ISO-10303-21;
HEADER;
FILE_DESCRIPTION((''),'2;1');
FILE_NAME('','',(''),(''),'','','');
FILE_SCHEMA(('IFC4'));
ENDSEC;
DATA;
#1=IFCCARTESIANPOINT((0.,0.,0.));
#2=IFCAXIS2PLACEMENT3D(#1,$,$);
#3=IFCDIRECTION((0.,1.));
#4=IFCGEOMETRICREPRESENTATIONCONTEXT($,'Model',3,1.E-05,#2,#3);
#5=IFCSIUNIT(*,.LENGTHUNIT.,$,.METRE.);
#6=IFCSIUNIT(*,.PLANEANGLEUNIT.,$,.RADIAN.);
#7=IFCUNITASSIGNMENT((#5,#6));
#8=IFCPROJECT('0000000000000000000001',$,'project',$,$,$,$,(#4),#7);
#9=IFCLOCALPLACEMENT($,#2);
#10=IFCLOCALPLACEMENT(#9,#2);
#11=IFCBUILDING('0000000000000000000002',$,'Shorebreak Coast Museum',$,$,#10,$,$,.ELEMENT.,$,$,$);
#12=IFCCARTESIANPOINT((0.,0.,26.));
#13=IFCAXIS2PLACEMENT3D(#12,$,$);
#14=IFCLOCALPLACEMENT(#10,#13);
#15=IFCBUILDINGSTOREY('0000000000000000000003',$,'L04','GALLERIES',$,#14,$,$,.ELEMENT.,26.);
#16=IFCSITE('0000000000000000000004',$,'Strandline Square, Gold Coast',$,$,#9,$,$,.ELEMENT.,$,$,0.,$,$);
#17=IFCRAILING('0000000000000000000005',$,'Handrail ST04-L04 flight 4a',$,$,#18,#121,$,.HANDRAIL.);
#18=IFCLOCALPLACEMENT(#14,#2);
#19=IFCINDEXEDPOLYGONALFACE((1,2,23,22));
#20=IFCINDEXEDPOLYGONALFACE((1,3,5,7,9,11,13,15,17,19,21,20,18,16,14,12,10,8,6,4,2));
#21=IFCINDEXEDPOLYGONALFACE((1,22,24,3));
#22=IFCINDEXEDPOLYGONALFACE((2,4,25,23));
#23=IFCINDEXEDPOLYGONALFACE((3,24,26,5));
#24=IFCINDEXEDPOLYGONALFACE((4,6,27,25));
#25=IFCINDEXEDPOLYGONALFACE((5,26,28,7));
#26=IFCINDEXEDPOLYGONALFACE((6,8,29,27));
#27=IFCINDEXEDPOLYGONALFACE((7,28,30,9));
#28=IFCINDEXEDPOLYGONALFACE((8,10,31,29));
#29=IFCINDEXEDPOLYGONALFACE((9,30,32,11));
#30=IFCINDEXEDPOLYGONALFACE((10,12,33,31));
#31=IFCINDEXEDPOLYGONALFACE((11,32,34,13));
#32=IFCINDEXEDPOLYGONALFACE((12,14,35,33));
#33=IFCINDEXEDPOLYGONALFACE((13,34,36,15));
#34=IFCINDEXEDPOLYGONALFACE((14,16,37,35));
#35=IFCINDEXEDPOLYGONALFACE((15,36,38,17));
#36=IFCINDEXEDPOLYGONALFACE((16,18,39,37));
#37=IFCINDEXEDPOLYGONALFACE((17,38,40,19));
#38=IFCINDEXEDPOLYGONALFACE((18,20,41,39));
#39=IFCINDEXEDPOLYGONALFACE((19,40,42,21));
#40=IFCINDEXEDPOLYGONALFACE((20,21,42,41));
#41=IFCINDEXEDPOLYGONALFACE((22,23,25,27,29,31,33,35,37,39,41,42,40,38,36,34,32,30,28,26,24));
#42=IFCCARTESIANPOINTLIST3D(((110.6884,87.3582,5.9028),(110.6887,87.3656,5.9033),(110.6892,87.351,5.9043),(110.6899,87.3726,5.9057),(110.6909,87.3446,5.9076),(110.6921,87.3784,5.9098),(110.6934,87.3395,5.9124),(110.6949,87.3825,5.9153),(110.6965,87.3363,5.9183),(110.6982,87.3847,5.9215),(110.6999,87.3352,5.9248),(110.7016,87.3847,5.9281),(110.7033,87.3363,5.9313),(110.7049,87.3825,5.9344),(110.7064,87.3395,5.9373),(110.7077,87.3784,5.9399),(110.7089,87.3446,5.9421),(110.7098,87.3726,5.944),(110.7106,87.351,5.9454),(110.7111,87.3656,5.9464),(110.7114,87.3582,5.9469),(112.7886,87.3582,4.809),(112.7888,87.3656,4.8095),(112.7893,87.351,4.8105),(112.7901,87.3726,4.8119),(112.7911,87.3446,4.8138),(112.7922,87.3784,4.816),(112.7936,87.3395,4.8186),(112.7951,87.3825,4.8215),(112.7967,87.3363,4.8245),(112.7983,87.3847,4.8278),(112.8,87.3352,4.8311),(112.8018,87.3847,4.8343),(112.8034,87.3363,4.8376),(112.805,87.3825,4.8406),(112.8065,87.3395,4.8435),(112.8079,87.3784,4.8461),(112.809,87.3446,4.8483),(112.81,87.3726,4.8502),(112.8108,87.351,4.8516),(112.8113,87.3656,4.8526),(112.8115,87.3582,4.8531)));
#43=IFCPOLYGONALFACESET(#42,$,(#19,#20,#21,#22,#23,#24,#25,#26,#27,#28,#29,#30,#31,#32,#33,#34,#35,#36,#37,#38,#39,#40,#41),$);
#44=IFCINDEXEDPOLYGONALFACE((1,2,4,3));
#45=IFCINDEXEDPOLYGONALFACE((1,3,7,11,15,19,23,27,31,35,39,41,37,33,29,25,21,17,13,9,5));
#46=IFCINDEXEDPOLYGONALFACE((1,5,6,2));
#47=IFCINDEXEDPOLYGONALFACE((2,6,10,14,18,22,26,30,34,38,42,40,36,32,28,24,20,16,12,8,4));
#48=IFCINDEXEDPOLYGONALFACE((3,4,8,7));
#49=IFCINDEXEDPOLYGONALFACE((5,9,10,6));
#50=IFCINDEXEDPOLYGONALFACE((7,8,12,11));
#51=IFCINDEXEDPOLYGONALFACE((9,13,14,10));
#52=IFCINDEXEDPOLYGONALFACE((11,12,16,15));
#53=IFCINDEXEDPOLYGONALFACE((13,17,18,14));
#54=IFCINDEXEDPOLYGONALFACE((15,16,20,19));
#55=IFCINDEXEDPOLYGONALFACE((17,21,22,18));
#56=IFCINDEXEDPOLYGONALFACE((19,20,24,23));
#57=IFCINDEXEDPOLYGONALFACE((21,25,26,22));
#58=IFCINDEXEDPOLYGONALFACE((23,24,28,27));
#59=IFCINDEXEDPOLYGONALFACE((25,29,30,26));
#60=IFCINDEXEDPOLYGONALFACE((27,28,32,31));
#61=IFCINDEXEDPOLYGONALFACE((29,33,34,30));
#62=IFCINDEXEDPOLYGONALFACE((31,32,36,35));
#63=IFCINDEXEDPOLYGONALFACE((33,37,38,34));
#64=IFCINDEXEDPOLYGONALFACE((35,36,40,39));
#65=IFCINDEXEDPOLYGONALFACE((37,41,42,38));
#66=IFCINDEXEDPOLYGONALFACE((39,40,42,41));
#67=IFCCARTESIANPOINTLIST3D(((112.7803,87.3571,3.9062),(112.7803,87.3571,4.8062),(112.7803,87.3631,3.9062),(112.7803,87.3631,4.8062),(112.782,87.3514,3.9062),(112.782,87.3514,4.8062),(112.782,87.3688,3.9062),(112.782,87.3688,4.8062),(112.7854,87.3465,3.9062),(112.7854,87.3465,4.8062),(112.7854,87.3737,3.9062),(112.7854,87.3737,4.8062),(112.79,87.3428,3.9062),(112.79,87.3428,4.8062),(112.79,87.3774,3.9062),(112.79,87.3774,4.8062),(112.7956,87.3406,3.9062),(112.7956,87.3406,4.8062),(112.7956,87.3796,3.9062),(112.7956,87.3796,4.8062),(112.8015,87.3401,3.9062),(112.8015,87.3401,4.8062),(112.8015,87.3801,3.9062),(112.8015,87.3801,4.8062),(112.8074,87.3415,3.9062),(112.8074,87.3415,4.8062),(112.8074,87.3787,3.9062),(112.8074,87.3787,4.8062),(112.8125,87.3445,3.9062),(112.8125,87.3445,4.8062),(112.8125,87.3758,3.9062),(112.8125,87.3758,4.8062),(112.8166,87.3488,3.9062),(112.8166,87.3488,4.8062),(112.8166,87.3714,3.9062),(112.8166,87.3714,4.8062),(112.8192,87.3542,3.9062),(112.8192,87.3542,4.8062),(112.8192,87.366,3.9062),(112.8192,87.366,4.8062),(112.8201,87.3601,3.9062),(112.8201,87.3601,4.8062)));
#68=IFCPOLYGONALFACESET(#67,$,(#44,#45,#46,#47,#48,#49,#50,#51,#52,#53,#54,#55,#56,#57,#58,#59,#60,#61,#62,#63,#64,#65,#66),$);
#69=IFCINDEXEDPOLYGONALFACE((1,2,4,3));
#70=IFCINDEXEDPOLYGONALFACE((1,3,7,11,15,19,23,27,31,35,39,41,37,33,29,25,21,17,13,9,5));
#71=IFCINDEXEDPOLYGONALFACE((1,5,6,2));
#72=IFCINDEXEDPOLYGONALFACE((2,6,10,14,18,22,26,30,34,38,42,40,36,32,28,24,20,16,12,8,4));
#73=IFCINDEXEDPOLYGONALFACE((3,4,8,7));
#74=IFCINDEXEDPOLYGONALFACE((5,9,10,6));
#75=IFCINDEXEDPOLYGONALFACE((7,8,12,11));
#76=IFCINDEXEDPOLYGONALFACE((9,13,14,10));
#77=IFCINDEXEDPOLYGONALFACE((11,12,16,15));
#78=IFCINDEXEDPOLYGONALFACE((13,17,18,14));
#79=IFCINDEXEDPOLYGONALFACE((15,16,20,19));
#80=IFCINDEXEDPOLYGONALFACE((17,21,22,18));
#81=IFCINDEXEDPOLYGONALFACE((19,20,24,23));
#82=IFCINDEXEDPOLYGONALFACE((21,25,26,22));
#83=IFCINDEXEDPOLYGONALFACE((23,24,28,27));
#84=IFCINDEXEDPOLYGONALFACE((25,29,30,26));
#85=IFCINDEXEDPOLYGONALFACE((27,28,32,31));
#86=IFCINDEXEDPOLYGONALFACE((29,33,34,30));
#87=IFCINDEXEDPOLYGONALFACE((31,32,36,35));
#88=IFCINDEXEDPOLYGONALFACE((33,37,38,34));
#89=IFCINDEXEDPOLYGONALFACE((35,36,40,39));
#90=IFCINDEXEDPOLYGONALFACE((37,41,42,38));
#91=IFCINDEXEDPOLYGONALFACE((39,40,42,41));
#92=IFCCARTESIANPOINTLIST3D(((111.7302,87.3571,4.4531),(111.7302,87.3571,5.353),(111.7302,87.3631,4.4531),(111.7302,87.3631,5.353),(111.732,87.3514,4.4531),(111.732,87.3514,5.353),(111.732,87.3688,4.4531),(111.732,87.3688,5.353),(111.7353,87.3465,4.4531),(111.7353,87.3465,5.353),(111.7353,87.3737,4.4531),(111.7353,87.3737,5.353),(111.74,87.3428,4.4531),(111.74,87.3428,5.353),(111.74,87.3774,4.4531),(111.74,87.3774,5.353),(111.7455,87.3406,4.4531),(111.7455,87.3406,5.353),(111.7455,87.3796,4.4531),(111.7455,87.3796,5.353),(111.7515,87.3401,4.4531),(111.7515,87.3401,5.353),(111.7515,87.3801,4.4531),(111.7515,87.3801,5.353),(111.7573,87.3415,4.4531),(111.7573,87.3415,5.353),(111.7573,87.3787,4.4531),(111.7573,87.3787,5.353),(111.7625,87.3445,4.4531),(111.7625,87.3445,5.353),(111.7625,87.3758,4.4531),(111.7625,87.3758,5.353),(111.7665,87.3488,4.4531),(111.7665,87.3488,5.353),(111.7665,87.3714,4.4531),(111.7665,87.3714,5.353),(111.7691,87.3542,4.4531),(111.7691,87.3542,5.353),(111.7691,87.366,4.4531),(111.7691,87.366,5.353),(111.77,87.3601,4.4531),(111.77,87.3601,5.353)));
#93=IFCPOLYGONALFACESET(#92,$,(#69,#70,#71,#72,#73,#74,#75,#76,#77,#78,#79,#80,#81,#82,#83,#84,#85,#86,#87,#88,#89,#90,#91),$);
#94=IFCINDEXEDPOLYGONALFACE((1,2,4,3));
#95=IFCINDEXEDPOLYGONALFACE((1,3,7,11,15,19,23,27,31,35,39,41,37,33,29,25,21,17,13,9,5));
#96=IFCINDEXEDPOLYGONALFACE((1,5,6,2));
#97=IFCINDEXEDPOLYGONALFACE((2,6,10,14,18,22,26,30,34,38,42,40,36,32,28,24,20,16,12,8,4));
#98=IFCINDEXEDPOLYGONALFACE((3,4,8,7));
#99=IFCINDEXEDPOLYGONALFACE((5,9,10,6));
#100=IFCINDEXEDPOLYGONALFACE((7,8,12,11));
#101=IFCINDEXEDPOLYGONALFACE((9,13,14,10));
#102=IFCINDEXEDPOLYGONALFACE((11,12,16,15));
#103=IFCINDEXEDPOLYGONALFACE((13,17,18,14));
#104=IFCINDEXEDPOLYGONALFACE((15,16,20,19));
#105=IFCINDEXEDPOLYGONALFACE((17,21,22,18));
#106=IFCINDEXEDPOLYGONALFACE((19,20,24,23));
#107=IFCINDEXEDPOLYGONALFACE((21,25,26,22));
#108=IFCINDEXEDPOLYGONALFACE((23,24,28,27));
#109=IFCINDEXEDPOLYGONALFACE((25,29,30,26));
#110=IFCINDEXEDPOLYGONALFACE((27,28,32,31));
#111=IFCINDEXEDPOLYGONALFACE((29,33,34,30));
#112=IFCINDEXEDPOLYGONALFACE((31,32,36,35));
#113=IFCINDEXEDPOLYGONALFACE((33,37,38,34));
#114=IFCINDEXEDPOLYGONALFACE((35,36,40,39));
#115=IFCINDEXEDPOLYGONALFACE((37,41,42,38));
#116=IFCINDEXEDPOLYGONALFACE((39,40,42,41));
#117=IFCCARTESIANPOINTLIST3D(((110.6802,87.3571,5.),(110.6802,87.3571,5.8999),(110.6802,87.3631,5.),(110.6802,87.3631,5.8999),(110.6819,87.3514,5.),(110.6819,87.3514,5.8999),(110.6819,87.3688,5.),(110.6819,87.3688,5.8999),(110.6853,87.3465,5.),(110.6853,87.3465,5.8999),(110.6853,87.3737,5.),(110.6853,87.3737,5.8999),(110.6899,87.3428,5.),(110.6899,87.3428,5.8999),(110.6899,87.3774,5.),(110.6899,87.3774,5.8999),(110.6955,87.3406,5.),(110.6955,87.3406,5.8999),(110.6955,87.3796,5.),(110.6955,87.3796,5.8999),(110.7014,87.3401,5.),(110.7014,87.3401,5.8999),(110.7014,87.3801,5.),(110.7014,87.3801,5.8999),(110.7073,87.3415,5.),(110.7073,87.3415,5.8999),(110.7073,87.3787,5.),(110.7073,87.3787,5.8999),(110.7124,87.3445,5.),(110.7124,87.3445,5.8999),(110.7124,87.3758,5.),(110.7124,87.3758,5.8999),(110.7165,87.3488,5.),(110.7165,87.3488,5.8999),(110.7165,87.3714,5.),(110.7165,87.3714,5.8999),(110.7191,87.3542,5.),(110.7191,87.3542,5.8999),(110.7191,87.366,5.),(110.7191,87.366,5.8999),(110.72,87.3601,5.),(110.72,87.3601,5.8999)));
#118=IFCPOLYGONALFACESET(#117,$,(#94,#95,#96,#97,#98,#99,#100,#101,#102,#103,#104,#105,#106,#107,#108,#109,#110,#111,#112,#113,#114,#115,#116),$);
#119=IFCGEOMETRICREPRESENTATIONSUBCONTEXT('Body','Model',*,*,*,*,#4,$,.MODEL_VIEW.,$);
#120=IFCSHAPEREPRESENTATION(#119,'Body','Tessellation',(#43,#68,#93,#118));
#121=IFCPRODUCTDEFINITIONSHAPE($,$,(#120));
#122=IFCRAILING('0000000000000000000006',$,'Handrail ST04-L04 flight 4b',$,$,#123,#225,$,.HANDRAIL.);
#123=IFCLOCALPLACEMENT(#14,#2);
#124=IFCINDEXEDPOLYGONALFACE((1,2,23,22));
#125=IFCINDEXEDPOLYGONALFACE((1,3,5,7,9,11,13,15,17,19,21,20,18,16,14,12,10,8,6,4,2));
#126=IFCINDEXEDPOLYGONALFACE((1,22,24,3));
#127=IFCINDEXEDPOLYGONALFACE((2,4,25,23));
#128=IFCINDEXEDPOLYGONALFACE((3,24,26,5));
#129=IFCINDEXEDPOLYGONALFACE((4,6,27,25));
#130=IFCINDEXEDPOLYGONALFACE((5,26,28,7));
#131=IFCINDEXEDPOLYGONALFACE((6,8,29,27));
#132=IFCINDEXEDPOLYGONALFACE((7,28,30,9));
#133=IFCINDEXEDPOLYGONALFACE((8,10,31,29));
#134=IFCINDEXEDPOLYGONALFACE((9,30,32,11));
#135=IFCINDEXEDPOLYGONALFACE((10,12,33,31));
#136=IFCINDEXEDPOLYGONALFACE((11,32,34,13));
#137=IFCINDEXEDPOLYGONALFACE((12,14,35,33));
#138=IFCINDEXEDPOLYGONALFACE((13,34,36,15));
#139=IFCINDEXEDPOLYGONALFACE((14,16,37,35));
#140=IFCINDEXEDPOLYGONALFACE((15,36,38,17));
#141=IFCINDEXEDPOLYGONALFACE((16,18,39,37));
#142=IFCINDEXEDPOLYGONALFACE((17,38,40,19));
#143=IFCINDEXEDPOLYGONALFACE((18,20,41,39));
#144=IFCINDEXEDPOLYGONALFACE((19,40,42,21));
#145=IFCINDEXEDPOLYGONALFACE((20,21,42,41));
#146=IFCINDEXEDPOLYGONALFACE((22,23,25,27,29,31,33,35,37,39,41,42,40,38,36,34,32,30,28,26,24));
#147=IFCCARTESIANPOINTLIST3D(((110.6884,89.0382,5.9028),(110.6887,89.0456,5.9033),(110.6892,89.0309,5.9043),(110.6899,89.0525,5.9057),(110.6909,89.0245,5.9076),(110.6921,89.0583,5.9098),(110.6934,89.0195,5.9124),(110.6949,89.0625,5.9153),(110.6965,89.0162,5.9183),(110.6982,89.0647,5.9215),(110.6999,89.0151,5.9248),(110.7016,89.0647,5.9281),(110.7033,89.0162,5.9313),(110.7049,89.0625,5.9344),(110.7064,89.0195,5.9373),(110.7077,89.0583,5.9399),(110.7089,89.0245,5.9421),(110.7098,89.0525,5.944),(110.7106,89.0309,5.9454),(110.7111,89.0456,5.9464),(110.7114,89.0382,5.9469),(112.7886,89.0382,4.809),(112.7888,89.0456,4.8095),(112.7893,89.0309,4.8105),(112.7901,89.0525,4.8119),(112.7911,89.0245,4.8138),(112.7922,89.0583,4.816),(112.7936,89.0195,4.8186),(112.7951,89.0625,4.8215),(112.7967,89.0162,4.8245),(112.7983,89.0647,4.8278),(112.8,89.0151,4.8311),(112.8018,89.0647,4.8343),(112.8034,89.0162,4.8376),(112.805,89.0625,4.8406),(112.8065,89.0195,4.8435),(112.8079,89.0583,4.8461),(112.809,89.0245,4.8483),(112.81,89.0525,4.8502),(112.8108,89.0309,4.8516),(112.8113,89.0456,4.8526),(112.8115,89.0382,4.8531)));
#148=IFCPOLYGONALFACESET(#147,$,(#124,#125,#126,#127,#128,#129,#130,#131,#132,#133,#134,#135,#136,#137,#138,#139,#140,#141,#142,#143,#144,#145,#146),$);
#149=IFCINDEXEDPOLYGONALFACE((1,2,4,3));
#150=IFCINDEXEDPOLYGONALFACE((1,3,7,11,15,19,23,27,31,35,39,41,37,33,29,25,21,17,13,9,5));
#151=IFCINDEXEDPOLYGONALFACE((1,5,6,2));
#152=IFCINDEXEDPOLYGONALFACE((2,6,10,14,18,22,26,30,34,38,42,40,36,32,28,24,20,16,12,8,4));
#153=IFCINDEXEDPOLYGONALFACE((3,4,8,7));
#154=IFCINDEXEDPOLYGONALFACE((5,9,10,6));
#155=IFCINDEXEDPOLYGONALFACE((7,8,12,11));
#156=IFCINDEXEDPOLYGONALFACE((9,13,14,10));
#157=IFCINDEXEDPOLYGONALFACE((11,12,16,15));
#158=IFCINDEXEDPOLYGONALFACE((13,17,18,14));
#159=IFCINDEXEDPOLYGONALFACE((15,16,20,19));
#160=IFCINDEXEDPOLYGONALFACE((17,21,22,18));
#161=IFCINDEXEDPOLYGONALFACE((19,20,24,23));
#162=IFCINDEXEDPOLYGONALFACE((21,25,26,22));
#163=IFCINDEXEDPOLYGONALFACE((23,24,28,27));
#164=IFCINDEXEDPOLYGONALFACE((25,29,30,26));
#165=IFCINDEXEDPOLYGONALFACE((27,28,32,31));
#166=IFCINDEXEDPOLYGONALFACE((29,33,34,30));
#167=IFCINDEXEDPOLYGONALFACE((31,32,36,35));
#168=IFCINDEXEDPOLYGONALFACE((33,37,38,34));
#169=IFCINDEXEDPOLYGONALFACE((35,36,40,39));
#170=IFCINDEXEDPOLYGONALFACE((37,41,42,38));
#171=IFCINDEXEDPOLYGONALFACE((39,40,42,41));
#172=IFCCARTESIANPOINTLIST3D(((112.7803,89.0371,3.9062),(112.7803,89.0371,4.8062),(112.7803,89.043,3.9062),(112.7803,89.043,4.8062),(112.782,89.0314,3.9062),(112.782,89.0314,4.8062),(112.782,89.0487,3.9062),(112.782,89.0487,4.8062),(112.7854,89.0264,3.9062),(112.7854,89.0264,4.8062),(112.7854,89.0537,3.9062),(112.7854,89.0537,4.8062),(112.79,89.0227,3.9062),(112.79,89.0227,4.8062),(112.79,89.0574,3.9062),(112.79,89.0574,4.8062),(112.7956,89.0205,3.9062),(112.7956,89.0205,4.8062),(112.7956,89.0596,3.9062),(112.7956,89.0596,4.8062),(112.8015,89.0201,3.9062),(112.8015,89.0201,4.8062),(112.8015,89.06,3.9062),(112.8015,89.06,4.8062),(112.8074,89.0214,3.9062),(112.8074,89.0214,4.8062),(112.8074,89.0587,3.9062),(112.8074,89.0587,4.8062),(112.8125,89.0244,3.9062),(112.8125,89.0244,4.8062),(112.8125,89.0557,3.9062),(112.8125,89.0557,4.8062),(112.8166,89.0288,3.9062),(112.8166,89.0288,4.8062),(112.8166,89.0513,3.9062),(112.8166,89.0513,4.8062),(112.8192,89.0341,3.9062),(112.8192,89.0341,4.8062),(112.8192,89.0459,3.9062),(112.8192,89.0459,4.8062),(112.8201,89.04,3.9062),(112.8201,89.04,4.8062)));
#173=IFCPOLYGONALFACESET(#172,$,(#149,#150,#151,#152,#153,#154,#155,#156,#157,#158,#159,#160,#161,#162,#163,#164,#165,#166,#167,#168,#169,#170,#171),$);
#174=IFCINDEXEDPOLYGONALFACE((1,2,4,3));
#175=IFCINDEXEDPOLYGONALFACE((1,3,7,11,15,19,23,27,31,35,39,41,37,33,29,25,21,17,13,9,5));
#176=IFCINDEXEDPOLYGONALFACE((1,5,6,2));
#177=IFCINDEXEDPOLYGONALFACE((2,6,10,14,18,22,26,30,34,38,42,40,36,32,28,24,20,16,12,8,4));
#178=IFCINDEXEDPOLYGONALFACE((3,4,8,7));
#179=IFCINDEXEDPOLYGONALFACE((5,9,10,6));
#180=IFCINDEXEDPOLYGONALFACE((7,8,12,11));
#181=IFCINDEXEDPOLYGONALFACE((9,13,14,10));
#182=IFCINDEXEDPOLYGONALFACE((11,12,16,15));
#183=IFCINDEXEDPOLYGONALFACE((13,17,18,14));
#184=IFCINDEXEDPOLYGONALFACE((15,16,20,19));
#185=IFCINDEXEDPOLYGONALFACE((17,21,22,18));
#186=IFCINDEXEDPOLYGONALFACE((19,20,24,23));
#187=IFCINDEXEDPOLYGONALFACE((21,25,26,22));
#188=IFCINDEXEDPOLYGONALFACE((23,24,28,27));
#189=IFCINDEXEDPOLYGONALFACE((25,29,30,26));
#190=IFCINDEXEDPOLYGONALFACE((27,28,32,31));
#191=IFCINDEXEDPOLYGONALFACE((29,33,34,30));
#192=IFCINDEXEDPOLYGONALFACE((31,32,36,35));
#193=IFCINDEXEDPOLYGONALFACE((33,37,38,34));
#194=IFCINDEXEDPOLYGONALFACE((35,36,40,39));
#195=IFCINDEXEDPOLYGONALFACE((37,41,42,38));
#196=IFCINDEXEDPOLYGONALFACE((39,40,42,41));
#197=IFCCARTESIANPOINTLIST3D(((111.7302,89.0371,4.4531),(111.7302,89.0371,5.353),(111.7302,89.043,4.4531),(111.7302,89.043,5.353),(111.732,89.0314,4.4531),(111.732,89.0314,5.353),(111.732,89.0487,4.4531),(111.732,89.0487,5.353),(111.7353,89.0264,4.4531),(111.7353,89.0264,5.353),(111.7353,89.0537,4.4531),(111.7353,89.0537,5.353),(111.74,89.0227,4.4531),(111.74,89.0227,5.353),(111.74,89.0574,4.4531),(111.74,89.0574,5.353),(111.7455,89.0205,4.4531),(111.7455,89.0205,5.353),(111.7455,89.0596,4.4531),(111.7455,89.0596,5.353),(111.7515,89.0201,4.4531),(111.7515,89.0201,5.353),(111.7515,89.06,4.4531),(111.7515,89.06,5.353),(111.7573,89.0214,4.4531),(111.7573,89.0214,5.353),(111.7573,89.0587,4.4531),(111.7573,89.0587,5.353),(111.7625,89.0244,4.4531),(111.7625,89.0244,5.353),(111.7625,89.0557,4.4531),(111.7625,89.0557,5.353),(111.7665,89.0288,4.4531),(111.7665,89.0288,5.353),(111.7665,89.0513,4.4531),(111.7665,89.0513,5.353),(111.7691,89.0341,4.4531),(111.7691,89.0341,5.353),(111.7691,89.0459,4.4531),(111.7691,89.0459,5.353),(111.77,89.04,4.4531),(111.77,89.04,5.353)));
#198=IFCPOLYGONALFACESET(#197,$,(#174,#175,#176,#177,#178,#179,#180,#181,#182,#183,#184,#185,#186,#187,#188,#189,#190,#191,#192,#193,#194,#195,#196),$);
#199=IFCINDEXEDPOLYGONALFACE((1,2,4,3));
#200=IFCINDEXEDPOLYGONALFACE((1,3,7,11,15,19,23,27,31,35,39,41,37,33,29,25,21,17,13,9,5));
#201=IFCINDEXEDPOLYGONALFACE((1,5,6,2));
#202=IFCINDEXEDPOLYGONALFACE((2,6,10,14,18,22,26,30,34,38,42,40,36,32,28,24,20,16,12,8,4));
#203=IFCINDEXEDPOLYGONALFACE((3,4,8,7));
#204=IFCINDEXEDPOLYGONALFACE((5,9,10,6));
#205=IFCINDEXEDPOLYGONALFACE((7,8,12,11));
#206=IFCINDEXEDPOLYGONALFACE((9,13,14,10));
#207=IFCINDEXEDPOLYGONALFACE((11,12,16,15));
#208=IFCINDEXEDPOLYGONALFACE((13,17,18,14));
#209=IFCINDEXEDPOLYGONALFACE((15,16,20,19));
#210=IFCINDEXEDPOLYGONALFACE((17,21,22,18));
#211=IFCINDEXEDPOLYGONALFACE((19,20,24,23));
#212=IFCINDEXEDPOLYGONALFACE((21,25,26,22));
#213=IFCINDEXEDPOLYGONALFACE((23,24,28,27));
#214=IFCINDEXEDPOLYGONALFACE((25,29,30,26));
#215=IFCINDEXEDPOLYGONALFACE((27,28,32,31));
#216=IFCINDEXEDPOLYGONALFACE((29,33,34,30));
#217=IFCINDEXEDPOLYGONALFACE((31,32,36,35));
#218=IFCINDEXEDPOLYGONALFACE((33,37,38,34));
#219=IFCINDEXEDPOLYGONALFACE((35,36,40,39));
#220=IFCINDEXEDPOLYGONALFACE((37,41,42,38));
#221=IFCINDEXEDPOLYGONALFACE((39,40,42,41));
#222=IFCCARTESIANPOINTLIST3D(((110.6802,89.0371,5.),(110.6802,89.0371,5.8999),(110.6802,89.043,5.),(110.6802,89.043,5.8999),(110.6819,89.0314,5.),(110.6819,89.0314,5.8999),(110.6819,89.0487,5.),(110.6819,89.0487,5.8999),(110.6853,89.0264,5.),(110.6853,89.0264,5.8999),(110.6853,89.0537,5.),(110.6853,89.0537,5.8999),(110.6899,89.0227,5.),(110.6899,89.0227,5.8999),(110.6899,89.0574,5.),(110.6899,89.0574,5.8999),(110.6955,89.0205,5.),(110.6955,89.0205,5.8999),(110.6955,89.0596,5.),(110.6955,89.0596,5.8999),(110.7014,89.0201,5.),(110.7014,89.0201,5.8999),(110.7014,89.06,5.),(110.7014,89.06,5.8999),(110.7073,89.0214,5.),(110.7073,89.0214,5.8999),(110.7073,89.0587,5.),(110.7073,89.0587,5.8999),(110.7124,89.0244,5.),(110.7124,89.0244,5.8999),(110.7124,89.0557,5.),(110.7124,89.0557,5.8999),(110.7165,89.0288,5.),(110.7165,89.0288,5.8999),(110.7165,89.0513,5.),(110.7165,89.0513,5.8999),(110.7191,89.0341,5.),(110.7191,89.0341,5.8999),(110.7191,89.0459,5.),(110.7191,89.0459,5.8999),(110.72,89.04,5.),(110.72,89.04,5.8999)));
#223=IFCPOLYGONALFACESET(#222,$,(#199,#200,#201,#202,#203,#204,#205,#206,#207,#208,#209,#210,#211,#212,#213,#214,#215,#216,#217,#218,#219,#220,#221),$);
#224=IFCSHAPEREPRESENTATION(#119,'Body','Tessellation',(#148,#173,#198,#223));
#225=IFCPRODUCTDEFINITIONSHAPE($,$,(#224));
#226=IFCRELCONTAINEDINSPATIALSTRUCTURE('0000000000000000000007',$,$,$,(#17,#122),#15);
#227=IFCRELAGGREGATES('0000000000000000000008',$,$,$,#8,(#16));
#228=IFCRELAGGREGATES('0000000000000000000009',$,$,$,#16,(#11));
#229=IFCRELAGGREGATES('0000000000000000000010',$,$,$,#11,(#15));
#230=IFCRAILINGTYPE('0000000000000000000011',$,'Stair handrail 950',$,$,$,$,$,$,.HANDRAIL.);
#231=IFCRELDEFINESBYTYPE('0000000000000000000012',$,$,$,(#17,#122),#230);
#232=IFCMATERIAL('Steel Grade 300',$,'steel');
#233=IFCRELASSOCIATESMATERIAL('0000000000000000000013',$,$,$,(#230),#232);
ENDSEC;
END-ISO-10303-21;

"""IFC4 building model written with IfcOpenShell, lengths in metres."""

from ifc_helpers import new_model, si_unit, direction, frame, origin, origin_2d, place, context, subcontext, project, spatial, circle, extrude, material, type_object, element, save


model = new_model("IFC4")

# Units and contexts
model_context = context("Model", 3, precision=1e-05, world=origin(), true_north=direction((0.0, 1.0)))
body_context = subcontext(model_context, "Body", "Model", "MODEL_VIEW")
ifc_project = project(units=[si_unit("LENGTHUNIT", "METRE"), si_unit("PLANEANGLEUNIT", "RADIAN")], contexts=[model_context])

# Site, building, storey
site_placement = place(None, origin())
site = spatial("IfcSite", under=ifc_project, at=site_placement, Name="Strandline Square, Gold Coast", CompositionType="ELEMENT", RefElevation=0.0)
building_placement = place(site_placement, origin())
building = spatial("IfcBuilding", under=site, at=building_placement, Name="Shorebreak Coast Museum", CompositionType="ELEMENT")
storey_placement = place(building_placement, frame((0.0, 0.0, 26.0)))
storey = spatial("IfcBuildingStorey", under=building, at=storey_placement, Name="L04", Description="GALLERIES", CompositionType="ELEMENT", Elevation=26.0)

# Railings
ifc_material_1 = material(Name="Steel Grade 300", Category="steel")
railing_type_1 = type_object("IfcRailingType", Name="Stair handrail 950", PredefinedType="HANDRAIL", material=ifc_material_1)
for number, where, name in (
    (1, (112.8, 87.3601, 3.9062), "Handrail ST04-L04 flight 4a"),
    (2, (112.8, 89.04, 3.9062), "Handrail ST04-L04 flight 4b"),
):
    element("IfcRailing", number, at=place(storey_placement, frame(where)), inside=storey, type_object=railing_type_1, Name=name, PredefinedType="HANDRAIL", context=body_context, shape_type="SweptSolid", body=[
        extrude(circle(Radius=0.0249, at=origin_2d()), frame((0.0, 0.0, 0.9248), z_axis=(-0.886923, 0.0, 0.461918), x_axis=(0.0, -1.0, 0.0)), (0.0, 0.0, 1.0), 2.3679),
        extrude(circle(Radius=0.02, at=origin_2d()), origin(), (0.0, 0.0, 1.0), 0.8999),
        extrude(circle(Radius=0.02, at=origin_2d()), frame((-1.05, 0.0, 0.5469)), (0.0, 0.0, 1.0), 0.8999),
        extrude(circle(Radius=0.02, at=origin_2d()), frame((-2.1001, 0.0, 1.0938)), (0.0, 0.0, 1.0), 0.8999),
    ])

save(model, "model.ifc")
